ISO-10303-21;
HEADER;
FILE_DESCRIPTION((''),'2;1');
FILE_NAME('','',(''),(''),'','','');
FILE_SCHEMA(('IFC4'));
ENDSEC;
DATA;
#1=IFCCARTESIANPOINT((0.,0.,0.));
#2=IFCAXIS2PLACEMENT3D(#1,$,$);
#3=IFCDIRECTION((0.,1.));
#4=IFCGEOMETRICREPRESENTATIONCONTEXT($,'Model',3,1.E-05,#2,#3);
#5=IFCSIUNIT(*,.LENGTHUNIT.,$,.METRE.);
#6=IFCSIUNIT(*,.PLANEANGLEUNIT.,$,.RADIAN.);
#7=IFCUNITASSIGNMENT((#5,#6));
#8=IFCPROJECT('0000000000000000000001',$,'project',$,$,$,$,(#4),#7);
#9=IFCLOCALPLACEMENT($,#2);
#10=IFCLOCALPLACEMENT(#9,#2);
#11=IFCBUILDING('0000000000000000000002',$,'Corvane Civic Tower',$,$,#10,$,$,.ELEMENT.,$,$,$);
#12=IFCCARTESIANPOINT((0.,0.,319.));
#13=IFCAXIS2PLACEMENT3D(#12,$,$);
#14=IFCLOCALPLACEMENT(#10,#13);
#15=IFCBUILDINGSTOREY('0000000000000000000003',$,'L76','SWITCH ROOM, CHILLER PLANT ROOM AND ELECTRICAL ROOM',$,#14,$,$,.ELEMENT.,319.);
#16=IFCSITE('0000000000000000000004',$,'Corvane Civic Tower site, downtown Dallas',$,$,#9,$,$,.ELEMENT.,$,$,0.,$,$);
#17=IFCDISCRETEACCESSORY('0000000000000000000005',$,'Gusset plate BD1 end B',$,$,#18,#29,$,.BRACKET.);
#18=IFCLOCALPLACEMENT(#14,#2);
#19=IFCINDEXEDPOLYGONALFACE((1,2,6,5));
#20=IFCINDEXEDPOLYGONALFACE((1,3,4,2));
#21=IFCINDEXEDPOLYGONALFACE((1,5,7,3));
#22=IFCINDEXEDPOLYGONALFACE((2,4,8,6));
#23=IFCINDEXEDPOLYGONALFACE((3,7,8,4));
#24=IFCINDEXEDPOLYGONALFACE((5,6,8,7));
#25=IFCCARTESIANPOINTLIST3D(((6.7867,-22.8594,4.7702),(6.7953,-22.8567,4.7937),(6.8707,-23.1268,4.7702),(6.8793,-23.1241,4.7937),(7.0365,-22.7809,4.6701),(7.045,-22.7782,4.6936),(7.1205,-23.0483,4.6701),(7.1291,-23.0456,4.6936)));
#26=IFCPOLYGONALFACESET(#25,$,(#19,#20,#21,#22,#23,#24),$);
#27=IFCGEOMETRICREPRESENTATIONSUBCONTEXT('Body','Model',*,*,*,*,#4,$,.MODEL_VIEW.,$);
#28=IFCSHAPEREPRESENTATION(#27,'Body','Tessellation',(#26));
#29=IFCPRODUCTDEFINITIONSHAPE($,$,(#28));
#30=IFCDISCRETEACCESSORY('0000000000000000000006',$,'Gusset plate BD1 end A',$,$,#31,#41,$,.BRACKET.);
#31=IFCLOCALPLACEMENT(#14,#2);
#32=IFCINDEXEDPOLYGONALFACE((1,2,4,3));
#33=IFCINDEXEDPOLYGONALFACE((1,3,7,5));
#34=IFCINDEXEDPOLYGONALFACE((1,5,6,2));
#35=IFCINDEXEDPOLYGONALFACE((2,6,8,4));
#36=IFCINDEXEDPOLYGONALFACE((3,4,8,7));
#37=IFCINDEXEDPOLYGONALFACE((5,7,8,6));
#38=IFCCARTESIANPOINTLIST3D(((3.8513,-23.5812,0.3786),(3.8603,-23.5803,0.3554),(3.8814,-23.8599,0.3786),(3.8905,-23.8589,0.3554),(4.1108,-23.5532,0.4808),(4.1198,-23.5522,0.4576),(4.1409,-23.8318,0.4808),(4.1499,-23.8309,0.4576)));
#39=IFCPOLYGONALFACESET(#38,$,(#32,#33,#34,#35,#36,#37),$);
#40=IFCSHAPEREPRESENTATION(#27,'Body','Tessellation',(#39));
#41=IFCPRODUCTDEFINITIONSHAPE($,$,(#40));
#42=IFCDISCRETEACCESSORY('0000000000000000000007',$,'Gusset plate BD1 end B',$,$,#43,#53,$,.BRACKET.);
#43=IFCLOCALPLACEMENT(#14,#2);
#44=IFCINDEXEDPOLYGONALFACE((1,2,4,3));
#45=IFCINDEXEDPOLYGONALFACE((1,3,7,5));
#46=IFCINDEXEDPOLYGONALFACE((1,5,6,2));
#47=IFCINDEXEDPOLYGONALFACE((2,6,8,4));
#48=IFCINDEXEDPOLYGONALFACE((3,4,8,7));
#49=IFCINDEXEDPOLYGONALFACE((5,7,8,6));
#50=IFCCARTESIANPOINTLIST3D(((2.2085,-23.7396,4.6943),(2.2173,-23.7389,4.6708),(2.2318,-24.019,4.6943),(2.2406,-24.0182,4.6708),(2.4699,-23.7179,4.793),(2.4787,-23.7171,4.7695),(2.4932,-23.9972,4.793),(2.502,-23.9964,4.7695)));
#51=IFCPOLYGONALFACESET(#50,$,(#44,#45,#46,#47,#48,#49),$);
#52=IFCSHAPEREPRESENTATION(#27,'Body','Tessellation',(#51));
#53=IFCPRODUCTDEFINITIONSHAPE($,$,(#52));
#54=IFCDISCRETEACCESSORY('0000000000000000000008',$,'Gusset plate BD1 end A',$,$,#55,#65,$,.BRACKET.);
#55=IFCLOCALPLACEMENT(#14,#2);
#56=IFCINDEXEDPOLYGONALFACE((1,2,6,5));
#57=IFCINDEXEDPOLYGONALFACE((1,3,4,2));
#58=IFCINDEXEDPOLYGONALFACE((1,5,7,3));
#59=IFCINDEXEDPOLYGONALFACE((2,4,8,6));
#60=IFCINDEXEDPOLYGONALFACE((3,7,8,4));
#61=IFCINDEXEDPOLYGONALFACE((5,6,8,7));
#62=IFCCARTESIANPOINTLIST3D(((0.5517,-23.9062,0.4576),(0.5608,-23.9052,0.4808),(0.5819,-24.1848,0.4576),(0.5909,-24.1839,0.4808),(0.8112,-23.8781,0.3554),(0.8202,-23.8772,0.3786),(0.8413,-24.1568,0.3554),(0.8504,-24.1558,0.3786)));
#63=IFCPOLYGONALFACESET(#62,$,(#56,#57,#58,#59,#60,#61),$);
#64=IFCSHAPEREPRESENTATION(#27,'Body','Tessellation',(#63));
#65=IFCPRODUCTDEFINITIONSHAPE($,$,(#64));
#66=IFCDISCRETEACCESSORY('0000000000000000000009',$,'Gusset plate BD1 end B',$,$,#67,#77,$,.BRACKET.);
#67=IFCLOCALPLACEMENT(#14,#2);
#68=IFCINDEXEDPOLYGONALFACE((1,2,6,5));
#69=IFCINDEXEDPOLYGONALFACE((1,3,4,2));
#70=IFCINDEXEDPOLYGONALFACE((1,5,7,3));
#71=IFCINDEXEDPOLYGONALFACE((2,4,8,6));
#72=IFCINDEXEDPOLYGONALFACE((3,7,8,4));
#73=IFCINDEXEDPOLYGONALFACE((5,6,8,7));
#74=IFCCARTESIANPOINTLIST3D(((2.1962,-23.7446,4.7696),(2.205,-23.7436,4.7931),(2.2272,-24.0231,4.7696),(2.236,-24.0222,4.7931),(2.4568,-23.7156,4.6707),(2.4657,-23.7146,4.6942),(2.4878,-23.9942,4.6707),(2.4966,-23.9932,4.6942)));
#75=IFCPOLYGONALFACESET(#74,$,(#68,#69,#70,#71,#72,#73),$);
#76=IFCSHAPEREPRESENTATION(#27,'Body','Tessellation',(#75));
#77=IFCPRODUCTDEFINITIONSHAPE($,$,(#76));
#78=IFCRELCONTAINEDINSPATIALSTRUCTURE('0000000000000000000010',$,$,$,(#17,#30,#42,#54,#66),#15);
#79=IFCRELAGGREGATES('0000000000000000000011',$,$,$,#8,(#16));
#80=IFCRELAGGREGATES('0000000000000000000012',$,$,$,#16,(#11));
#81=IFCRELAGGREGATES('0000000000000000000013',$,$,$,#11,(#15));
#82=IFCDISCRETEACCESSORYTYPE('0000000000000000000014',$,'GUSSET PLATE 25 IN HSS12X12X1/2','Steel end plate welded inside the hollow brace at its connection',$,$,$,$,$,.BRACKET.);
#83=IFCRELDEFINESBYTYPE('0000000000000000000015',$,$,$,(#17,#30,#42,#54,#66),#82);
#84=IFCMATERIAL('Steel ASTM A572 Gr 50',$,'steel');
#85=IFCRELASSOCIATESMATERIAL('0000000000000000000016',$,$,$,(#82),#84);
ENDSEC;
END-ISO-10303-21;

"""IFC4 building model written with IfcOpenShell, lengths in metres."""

from ifc_helpers import new_model, si_unit, direction, frame, origin, origin_2d, place, context, subcontext, project, spatial, rectangle, extrude, material, material_profile, profile_set, type_object, element, save


model = new_model("IFC4")

# Units and contexts
model_context = context("Model", 3, precision=1e-05, world=origin(), true_north=direction((0.0, 1.0)))
body_context = subcontext(model_context, "Body", "Model", "MODEL_VIEW")
ifc_project = project(units=[si_unit("LENGTHUNIT", "METRE"), si_unit("PLANEANGLEUNIT", "RADIAN")], contexts=[model_context])

# Site, building, storey
site_placement = place(None, origin())
site = spatial("IfcSite", under=ifc_project, at=site_placement, Name="Corvane Civic Tower site, downtown Dallas", CompositionType="ELEMENT", RefElevation=0.0)
building_placement = place(site_placement, origin())
building = spatial("IfcBuilding", under=site, at=building_placement, Name="Corvane Civic Tower", CompositionType="ELEMENT")
storey_placement = place(building_placement, frame((0.0, 0.0, 319.0)))
storey = spatial("IfcBuildingStorey", under=building, at=storey_placement, Name="L76", Description="SWITCH ROOM, CHILLER PLANT ROOM AND ELECTRICAL ROOM", CompositionType="ELEMENT", Elevation=319.0)

# Discrete accessories
ifc_material_1 = material(Name="Steel ASTM A572 Gr 50", Category="steel")
ifc_material_profile_1 = material_profile(ifc_material_1, rectangle(XDim=0.2803, YDim=0.2803, at=origin_2d()), Name="GUSSET PLATE 25 IN HSS12X12X1/2")
ifc_profile_set_1 = profile_set([ifc_material_profile_1], Name="Steel ASTM A572 Gr 50")
discrete_accessory_type = type_object("IfcDiscreteAccessoryType", Name="GUSSET PLATE 25 IN HSS12X12X1/2", Description="Steel end plate welded inside the hollow brace at its connection", PredefinedType="BRACKET", material=ifc_profile_set_1)
discrete_accessory_1_placement = place(storey_placement, frame((6.9622, -22.9512, 4.7437), z_axis=(-0.340561, -0.107033, -0.93411), x_axis=(0.299827, -0.953994, 0.0)))
element("IfcDiscreteAccessory", 1, at=discrete_accessory_1_placement, inside=storey, type_object=discrete_accessory_type, Name="Gusset plate BD1 end B", PredefinedType="BRACKET", context=body_context, shape_type="SweptSolid", body=[
    extrude(rectangle(XDim=0.2803, YDim=0.2803, at=origin_2d()), origin(), (0.0, 0.0, 1.0), 0.0251),
])
discrete_accessory_2_placement = place(storey_placement, frame((4.0051, -23.7056, 0.4065), z_axis=(-0.362641, -0.039204, 0.931104), x_axis=(0.107482, -0.994207, 0.0)))
element("IfcDiscreteAccessory", 2, at=discrete_accessory_2_placement, inside=storey, type_object=discrete_accessory_type, Name="Gusset plate BD1 end A", PredefinedType="BRACKET", context=body_context, shape_type="SweptSolid", body=[
    extrude(rectangle(XDim=0.2803, YDim=0.2803, at=origin_2d()), origin(), (0.0, 0.0, 1.0), 0.0249),
])
discrete_accessory_3_placement = place(storey_placement, frame((2.3508, -23.8684, 4.7437), z_axis=(0.350973, 0.029248, -0.935929), x_axis=(-0.083045, 0.996546, 0.0)))
element("IfcDiscreteAccessory", 3, at=discrete_accessory_3_placement, inside=storey, type_object=discrete_accessory_type, Name="Gusset plate BD1 end B", PredefinedType="BRACKET", context=body_context, shape_type="SweptSolid", body=[
    extrude(rectangle(XDim=0.2803, YDim=0.2803, at=origin_2d()), origin(), (0.0, 0.0, 1.0), 0.0251),
])
discrete_accessory_4_placement = place(storey_placement, frame((0.6965, -24.0315, 0.4065), z_axis=(0.362641, 0.039204, 0.931104), x_axis=(-0.107482, 0.994207, 0.0)))
element("IfcDiscreteAccessory", 4, at=discrete_accessory_4_placement, inside=storey, type_object=discrete_accessory_type, Name="Gusset plate BD1 end A", PredefinedType="BRACKET", context=body_context, shape_type="SweptSolid", body=[
    extrude(rectangle(XDim=0.2803, YDim=0.2803, at=origin_2d()), origin(), (0.0, 0.0, 1.0), 0.0249),
])
discrete_accessory_5_placement = place(storey_placement, frame((2.3508, -23.8684, 4.7437), z_axis=(-0.350857, -0.038984, -0.935617), x_axis=(0.110432, -0.993884, 0.0)))
element("IfcDiscreteAccessory", 5, at=discrete_accessory_5_placement, inside=storey, type_object=discrete_accessory_type, Name="Gusset plate BD1 end B", PredefinedType="BRACKET", context=body_context, shape_type="SweptSolid", body=[
    extrude(rectangle(XDim=0.2803, YDim=0.2803, at=origin_2d()), origin(), (0.0, 0.0, 1.0), 0.0251),
])

save(model, "model.ifc")
